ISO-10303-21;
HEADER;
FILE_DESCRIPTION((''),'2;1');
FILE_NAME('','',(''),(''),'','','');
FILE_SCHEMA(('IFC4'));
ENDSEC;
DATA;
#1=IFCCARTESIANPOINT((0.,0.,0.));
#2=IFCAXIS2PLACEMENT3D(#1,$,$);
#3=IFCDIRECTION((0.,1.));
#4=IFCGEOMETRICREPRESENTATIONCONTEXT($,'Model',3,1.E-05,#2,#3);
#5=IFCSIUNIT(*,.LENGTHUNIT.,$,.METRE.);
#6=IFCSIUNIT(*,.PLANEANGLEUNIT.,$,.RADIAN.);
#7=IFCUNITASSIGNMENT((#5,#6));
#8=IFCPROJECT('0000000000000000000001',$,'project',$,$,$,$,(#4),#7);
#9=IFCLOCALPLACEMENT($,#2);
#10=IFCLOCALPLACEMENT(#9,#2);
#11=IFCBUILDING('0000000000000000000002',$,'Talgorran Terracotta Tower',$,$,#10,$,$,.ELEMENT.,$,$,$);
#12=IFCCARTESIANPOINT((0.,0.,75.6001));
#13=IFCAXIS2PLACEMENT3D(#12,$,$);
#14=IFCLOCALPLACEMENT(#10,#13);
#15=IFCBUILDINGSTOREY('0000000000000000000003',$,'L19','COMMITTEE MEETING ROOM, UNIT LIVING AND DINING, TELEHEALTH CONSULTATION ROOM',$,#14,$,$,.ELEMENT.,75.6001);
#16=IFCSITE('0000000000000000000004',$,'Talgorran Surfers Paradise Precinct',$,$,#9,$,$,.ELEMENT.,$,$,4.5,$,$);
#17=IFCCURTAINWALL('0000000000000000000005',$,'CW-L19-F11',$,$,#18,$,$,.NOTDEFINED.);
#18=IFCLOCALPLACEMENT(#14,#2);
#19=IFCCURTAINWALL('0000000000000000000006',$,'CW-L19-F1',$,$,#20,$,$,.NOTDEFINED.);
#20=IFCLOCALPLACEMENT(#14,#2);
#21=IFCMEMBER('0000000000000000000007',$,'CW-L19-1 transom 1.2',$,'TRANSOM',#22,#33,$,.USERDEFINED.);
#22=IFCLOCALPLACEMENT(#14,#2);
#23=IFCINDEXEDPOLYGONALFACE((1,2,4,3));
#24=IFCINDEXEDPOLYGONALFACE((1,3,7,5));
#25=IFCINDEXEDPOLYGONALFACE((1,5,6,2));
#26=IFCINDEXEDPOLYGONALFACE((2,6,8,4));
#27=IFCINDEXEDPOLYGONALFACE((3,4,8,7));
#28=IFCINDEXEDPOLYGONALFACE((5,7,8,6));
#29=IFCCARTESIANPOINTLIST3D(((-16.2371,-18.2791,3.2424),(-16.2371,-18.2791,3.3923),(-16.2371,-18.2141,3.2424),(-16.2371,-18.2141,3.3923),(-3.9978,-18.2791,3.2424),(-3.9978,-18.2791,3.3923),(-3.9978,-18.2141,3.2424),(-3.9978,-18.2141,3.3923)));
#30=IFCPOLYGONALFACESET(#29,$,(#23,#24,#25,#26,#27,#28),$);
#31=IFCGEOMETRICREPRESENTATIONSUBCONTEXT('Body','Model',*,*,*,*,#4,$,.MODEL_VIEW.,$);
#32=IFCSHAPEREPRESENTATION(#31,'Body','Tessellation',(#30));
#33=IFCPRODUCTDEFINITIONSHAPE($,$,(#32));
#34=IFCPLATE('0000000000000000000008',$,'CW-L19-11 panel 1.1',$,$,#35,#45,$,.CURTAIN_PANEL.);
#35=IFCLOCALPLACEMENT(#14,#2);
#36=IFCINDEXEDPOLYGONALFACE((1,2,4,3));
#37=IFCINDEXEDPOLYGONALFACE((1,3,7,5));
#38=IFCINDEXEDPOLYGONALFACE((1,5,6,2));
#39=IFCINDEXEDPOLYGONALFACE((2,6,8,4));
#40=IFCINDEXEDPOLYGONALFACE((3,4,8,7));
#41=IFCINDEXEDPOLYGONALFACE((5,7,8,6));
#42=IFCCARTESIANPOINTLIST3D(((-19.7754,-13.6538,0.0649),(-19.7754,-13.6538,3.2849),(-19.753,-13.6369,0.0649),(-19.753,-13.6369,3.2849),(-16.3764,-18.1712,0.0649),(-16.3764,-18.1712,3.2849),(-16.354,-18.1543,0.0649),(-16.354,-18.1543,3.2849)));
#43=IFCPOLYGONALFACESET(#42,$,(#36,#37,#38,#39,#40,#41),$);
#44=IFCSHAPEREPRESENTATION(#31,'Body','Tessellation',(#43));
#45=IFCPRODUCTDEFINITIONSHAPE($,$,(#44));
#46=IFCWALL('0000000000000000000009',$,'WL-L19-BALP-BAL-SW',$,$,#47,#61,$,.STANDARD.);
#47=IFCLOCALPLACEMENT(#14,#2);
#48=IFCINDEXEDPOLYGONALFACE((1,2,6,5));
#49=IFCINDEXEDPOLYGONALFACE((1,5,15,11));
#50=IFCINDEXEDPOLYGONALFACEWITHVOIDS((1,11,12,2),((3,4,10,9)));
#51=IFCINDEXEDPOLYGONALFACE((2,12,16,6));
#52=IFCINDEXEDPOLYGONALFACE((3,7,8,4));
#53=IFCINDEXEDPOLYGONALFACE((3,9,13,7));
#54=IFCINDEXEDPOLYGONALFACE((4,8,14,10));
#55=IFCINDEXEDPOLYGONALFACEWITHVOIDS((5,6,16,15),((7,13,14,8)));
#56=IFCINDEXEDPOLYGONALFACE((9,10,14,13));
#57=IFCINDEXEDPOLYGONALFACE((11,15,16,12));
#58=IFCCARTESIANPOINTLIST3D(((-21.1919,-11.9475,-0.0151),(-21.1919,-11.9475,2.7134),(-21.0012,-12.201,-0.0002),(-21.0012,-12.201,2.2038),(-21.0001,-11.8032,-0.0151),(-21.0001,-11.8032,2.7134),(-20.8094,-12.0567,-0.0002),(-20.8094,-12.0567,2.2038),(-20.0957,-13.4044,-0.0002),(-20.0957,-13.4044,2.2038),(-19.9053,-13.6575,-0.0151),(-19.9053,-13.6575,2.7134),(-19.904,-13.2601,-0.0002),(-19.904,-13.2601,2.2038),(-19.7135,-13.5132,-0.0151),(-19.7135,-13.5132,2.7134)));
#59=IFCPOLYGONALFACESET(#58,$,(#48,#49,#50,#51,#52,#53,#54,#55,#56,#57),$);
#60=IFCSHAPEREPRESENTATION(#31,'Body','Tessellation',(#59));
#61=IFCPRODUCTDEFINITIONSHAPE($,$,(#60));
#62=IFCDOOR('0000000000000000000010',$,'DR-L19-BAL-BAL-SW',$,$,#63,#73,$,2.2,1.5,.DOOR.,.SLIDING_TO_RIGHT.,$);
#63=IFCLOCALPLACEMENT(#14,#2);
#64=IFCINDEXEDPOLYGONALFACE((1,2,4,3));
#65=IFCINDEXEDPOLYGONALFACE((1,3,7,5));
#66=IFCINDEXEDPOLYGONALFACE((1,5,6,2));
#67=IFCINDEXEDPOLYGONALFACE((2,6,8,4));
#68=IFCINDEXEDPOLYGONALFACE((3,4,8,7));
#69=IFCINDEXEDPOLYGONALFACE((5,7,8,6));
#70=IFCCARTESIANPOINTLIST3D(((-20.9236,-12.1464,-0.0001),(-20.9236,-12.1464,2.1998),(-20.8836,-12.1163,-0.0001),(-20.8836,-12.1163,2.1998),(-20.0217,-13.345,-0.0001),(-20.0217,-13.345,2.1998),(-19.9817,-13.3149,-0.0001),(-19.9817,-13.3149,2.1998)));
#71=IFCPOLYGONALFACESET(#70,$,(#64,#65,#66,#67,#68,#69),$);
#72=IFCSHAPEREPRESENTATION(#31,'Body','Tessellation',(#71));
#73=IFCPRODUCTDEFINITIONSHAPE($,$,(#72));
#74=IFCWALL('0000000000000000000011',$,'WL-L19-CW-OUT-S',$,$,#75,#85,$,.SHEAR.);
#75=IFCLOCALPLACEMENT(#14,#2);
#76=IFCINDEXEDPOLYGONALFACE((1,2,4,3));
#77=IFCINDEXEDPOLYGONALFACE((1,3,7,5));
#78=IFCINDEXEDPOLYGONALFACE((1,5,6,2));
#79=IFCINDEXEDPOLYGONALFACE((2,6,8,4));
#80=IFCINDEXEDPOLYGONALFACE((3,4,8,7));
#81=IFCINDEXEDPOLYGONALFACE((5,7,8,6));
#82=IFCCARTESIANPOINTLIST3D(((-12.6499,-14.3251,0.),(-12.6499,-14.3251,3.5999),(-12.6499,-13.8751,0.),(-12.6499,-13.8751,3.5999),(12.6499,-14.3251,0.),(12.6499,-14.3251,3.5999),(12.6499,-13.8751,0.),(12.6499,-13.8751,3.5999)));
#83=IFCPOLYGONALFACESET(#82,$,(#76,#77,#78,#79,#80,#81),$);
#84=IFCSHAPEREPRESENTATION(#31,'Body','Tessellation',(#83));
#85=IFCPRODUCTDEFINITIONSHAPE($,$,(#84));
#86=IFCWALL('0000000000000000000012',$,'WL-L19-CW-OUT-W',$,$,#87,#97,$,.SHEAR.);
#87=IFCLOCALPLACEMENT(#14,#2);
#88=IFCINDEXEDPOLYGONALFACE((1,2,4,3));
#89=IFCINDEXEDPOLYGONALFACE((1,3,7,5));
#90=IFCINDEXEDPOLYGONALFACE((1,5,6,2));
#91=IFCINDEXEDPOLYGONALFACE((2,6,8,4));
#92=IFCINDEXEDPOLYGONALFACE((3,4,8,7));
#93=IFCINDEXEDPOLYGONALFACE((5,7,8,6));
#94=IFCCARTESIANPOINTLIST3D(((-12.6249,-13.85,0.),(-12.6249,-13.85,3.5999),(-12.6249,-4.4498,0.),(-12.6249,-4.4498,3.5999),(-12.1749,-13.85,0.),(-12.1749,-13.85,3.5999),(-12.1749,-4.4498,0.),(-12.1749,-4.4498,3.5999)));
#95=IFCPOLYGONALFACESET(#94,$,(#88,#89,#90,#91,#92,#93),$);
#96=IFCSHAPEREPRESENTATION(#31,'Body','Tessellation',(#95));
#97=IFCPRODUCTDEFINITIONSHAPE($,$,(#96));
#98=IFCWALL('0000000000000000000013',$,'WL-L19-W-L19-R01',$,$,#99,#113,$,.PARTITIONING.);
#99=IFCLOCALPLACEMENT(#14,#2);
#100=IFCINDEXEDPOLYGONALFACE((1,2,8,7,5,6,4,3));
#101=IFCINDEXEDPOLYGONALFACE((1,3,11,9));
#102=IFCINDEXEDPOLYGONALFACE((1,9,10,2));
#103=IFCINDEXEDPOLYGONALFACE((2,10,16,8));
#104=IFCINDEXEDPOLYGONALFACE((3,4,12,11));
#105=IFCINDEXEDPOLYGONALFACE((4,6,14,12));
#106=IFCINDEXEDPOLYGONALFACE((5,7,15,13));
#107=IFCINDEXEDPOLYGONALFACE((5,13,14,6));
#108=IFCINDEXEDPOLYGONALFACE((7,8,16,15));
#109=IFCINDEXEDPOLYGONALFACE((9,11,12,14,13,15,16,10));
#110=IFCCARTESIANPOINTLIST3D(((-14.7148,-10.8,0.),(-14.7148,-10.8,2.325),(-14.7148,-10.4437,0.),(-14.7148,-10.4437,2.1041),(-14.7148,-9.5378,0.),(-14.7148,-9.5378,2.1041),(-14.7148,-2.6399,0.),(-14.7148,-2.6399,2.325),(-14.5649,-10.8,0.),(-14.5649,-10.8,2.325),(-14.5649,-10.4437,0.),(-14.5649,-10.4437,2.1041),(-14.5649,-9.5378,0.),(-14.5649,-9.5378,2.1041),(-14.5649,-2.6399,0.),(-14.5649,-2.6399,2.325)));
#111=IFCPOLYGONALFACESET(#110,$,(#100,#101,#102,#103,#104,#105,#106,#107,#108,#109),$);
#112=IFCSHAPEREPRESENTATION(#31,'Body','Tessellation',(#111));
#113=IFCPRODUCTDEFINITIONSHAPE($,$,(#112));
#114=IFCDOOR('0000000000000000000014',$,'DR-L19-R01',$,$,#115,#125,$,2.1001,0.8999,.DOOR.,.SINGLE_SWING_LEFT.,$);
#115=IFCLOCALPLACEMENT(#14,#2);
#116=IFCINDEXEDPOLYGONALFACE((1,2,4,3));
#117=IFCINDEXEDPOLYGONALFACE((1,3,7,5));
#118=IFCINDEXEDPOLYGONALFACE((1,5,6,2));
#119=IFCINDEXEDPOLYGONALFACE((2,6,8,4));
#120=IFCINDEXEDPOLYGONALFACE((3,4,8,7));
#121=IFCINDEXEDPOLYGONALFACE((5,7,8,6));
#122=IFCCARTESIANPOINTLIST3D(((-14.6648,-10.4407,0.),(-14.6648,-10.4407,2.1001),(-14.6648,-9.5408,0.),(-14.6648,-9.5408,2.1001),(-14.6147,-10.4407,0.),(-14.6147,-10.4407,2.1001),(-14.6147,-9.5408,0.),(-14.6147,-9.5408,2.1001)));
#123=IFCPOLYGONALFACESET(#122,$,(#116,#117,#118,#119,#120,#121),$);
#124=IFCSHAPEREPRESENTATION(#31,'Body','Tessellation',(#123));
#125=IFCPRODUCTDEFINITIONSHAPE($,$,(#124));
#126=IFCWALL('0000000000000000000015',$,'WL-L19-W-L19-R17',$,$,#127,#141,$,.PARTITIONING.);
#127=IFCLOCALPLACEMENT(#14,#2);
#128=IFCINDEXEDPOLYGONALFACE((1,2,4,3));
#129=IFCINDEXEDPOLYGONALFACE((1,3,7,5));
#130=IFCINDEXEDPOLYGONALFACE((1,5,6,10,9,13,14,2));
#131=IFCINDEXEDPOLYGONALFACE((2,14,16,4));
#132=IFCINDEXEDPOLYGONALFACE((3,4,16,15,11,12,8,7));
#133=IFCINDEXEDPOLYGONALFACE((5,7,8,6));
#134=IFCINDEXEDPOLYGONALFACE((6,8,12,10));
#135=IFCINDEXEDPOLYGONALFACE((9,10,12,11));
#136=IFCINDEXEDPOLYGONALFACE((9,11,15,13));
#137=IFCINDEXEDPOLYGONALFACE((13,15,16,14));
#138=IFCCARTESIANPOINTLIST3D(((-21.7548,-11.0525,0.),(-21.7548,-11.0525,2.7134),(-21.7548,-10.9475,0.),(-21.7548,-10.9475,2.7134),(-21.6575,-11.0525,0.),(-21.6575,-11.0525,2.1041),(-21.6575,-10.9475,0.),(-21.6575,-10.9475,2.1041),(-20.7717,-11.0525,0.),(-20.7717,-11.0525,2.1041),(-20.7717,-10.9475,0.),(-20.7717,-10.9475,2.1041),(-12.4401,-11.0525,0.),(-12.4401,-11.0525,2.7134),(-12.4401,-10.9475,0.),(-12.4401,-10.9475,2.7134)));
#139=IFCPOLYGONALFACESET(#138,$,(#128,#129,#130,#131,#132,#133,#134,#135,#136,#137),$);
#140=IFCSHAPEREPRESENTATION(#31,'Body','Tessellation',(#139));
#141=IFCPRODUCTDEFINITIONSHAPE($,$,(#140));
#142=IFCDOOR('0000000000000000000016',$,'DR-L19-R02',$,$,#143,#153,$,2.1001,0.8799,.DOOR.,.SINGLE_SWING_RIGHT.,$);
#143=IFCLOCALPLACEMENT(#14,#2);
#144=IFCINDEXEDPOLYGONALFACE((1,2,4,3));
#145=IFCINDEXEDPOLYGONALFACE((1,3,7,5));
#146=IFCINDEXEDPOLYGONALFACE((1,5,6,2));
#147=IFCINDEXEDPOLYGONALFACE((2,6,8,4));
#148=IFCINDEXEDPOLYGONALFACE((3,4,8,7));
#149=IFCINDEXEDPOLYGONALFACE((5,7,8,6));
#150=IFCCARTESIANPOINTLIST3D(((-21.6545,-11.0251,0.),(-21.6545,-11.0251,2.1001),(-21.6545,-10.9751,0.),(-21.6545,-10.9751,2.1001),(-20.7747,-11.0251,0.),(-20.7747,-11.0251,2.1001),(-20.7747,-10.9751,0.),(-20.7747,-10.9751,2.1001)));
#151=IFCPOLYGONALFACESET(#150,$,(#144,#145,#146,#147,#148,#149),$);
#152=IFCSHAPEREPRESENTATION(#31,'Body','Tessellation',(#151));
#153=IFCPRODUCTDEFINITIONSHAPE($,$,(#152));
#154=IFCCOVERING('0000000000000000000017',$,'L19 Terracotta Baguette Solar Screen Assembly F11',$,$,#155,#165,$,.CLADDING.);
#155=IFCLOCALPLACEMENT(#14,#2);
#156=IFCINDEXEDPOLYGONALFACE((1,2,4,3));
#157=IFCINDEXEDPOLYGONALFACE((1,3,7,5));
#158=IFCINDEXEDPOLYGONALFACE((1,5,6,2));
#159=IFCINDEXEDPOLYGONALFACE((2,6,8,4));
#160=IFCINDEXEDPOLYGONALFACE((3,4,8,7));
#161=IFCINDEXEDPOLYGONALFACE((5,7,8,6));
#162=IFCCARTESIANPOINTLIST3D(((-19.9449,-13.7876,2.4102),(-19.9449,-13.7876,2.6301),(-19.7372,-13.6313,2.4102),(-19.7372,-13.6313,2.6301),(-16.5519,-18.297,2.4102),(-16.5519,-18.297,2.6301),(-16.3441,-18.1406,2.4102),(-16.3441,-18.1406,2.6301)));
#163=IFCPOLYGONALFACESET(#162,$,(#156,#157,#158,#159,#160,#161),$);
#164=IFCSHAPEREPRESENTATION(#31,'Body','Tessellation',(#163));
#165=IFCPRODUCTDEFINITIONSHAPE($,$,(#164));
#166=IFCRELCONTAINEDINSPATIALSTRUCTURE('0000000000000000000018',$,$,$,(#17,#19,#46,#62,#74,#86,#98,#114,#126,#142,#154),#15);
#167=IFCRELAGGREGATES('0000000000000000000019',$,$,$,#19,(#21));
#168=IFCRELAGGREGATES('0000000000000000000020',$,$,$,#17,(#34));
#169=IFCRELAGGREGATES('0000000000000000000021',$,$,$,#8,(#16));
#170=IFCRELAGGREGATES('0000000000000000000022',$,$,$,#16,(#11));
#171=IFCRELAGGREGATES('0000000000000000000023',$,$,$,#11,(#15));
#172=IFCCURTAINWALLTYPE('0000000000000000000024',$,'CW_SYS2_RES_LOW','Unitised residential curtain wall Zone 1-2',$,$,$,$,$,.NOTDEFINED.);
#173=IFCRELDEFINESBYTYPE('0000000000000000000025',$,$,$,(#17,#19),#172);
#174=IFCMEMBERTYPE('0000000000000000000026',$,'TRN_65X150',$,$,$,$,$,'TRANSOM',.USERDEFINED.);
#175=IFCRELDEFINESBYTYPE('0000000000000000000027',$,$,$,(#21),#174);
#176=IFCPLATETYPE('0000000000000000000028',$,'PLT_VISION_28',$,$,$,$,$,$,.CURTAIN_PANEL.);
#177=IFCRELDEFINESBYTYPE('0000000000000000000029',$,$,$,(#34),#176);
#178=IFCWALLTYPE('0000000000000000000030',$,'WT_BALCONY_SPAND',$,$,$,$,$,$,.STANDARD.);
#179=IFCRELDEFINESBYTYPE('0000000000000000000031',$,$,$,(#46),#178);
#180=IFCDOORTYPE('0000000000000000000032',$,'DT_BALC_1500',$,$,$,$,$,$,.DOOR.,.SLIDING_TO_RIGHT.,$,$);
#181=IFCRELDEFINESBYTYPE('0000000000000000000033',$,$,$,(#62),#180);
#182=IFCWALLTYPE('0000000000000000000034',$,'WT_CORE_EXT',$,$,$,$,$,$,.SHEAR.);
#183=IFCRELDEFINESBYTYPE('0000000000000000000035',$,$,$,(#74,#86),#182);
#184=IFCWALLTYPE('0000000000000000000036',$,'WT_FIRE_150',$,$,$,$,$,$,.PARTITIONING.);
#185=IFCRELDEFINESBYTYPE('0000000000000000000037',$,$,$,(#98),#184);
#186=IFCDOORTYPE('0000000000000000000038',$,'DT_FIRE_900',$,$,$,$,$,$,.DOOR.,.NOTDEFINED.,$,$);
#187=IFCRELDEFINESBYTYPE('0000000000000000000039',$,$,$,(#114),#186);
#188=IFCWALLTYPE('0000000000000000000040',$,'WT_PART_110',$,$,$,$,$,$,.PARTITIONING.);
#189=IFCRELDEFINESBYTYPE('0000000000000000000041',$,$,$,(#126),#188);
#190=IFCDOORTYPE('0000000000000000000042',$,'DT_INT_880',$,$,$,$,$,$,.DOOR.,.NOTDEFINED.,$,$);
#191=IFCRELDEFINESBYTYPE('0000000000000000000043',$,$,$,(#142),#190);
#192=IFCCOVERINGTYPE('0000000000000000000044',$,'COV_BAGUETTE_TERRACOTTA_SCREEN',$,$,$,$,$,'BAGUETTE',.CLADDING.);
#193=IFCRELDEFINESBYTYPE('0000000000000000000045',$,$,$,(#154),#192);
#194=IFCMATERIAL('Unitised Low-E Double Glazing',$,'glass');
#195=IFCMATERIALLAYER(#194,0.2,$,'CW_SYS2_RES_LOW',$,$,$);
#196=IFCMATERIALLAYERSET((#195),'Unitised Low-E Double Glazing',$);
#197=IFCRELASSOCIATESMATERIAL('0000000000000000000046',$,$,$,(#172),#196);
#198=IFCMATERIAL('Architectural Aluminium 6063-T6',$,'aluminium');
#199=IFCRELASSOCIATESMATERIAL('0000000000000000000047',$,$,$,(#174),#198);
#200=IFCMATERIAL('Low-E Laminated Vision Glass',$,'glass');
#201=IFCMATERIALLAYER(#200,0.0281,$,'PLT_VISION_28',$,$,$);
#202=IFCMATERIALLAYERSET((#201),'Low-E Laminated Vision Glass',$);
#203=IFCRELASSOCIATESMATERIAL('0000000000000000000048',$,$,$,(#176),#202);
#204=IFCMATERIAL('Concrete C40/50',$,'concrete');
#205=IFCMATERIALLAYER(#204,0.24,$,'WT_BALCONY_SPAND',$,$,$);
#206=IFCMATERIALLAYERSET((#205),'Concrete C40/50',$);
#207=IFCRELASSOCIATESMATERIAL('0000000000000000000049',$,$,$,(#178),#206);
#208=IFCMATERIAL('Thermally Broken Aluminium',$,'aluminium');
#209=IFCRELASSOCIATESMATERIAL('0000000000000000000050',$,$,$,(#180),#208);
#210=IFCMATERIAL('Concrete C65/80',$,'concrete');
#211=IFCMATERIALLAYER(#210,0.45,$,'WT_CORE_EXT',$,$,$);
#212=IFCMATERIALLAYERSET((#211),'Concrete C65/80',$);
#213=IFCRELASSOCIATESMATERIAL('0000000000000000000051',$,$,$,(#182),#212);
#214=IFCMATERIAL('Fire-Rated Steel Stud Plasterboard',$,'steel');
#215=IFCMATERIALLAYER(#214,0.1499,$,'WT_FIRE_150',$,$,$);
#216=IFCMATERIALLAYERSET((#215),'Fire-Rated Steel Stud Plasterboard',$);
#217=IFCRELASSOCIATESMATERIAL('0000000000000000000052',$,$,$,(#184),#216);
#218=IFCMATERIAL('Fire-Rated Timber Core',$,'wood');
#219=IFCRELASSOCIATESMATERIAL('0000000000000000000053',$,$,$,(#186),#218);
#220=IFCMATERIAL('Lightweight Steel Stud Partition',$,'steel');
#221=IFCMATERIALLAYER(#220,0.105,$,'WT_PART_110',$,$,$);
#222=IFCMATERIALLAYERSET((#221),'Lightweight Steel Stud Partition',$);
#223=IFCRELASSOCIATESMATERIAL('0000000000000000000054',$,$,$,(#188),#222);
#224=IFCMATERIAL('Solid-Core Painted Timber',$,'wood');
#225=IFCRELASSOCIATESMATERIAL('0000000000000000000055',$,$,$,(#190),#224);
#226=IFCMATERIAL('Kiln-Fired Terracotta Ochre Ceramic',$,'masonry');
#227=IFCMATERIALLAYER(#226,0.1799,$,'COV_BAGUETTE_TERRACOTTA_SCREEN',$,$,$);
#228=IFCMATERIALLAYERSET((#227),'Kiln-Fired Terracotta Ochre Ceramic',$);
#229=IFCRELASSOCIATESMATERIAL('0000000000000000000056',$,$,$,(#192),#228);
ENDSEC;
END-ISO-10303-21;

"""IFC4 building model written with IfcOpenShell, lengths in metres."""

from ifc_helpers import new_model, si_unit, direction, frame, frame_2d, origin, origin_2d, place, context, subcontext, project, spatial, rectangle, extrude, source, transform, mapped, material, layer, layer_set, material_profile, profile_set, type_object, type_shapes, element, fill, aggregate, save


model = new_model("IFC4")

# Units and contexts
model_context = context("Model", 3, precision=1e-05, world=origin(), true_north=direction((0.0, 1.0)))
body_context = subcontext(model_context, "Body", "Model", "MODEL_VIEW")
ifc_project = project(units=[si_unit("LENGTHUNIT", "METRE"), si_unit("PLANEANGLEUNIT", "RADIAN")], contexts=[model_context])

# Site, building, storey
site_placement = place(None, origin())
site = spatial("IfcSite", under=ifc_project, at=site_placement, Name="Talgorran Surfers Paradise Precinct", CompositionType="ELEMENT", RefElevation=4.5)
building_placement = place(site_placement, origin())
building = spatial("IfcBuilding", under=site, at=building_placement, Name="Talgorran Terracotta Tower", CompositionType="ELEMENT")
storey_placement = place(building_placement, frame((0.0, 0.0, 75.6001)))
storey = spatial("IfcBuildingStorey", under=building, at=storey_placement, Name="L19", Description="COMMITTEE MEETING ROOM, UNIT LIVING AND DINING, TELEHEALTH CONSULTATION ROOM", CompositionType="ELEMENT", Elevation=75.6001)

# Shared definitions
ifc_material_1 = material(Name="Unitised Low-E Double Glazing", Category="glass")
ifc_layer_1 = layer(ifc_material_1, 0.2, Name="CW_SYS2_RES_LOW")
ifc_layer_set_1 = layer_set([ifc_layer_1], Name="Unitised Low-E Double Glazing")
curtain_wall_type = type_object("IfcCurtainWallType", Name="CW_SYS2_RES_LOW", Description="Unitised residential curtain wall Zone 1-2", PredefinedType="NOTDEFINED", material=ifc_layer_set_1)
ifc_material_2 = material(Name="Architectural Aluminium 6063-T6", Category="aluminium")

# Curtain wall
curtain_wall_1_placement = place(storey_placement, origin())
curtain_wall_1 = element("IfcCurtainWall", 1, at=curtain_wall_1_placement, inside=storey, type_object=curtain_wall_type, Name="CW-L19-F11", PredefinedType="NOTDEFINED")

# Curtain wall
curtain_wall_2_placement = place(storey_placement, origin())
curtain_wall_2 = element("IfcCurtainWall", 2, at=curtain_wall_2_placement, inside=storey, type_object=curtain_wall_type, Name="CW-L19-F1", PredefinedType="NOTDEFINED")

# Member
ifc_material_profile_1 = material_profile(ifc_material_2, rectangle(XDim=0.0649, YDim=0.1499, at=origin_2d()), Name="CWT65X150")
ifc_profile_set_1 = profile_set([ifc_material_profile_1], Name="Architectural Aluminium 6063-T6")
member_type_1 = type_object("IfcMemberType", Name="TRN_65X150", ElementType="TRANSOM", PredefinedType="USERDEFINED", material=ifc_profile_set_1)
member_1_placement = place(storey_placement, frame((-16.2371, -18.2466, 3.3174), z_axis=(1.0, 0.0, 0.0), x_axis=(0.0, 1.0, 0.0)))
member_1 = element("IfcMember", 3, at=member_1_placement, type_object=member_type_1, Name="CW-L19-1 transom 1.2", ObjectType="TRANSOM", PredefinedType="USERDEFINED", context=body_context, shape_type="SweptSolid", body=[
    extrude(rectangle(XDim=0.0649, YDim=0.1499, at=origin_2d()), origin(), (0.0, 0.0, 1.0), 12.2393),
])
aggregate(curtain_wall_2, [member_1])

# Plate
ifc_material_3 = material(Name="Low-E Laminated Vision Glass", Category="glass")
ifc_layer_2 = layer(ifc_material_3, 0.0281, Name="PLT_VISION_28")
ifc_layer_set_2 = layer_set([ifc_layer_2], Name="Low-E Laminated Vision Glass")
plate_type = type_object("IfcPlateType", Name="PLT_VISION_28", PredefinedType="CURTAIN_PANEL", material=ifc_layer_set_2)
shared_shape = source(origin(), body_context, "Body", "SweptSolid", [
    extrude(rectangle(XDim=5.6533, YDim=0.0281, at=origin_2d()), origin(), (0.0, 0.0, 1.0), 3.22),
])
type_shapes(plate_type, [shared_shape])
plate_placement = place(storey_placement, frame((-18.0647, -15.9041, 0.0649), z_axis=(0.0, 0.0, 1.0), x_axis=(0.60125, -0.799061, 0.0)))
plate = element("IfcPlate", 4, at=plate_placement, type_object=plate_type, Name="CW-L19-11 panel 1.1", PredefinedType="CURTAIN_PANEL", context=body_context, shape_type="MappedRepresentation", body=[
    mapped(shared_shape, transform((0.0, 0.0, 0.0), scale=1.0)),
])
aggregate(curtain_wall_1, [plate])

# Wall, opening, door
ifc_material_4 = material(Name="Concrete C40/50", Category="concrete")
ifc_layer_3 = layer(ifc_material_4, 0.24, Name="WT_BALCONY_SPAND")
ifc_layer_set_3 = layer_set([ifc_layer_3], Name="Concrete C40/50")
wall_type_1 = type_object("IfcWallType", Name="WT_BALCONY_SPAND", PredefinedType="STANDARD", material=ifc_layer_set_3)
wall_1_placement = place(storey_placement, frame((-21.0959, -11.8755, -0.0151), z_axis=(0.0, 0.0, 1.0), x_axis=(0.601241, -0.799068, 0.0)))
wall_1 = element("IfcWall", 5, at=wall_1_placement, inside=storey, type_object=wall_type_1, Name="WL-L19-BALP-BAL-SW", PredefinedType="STANDARD", context=body_context, shape_type="SweptSolid", body=[
    extrude(rectangle(XDim=2.1399, YDim=0.24, at=frame_2d((1.0698, 0.0))), origin(), (0.0, 0.0, 1.0), 2.7285),
])
opening_1_placement = place(wall_1_placement, frame((0.3201, 0.0, 0.0149)))
opening_1 = element("IfcOpeningElement", 6, at=opening_1_placement, cuts=wall_1, PredefinedType="OPENING", context=body_context, shape_type="SweptSolid", body=[
    extrude(rectangle(XDim=1.506, YDim=2.204, at=frame_2d((0.75, 1.1021))), frame((0.0, 0.1299, 0.0), z_axis=(0.0, -1.0, 0.0), x_axis=(1.0, 0.0, 0.0)), (0.0, 0.0, 1.0), 0.26),
])
ifc_material_5 = material(Name="Thermally Broken Aluminium", Category="aluminium")
door_type_1 = type_object("IfcDoorType", Name="DT_BALC_1500", OperationType="SLIDING_TO_RIGHT", PredefinedType="DOOR", material=ifc_material_5)
door_1_placement = place(opening_1_placement, origin())
door_1 = element("IfcDoor", 7, at=door_1_placement, inside=storey, type_object=door_type_1, Name="DR-L19-BAL-BAL-SW", OperationType="SLIDING_TO_RIGHT", OverallHeight=2.2, OverallWidth=1.5, PredefinedType="DOOR", context=body_context, shape_type="SweptSolid", body=[
    extrude(rectangle(XDim=1.5, YDim=2.2, at=frame_2d((0.75, 1.1001))), frame((0.0, 0.0249, 0.0), z_axis=(0.0, -1.0, 0.0), x_axis=(1.0, 0.0, 0.0)), (0.0, 0.0, 1.0), 0.05),
])
fill(opening_1, door_1)

# Walls
ifc_material_6 = material(Name="Concrete C65/80", Category="concrete")
ifc_layer_4 = layer(ifc_material_6, 0.45, Name="WT_CORE_EXT")
ifc_layer_set_4 = layer_set([ifc_layer_4], Name="Concrete C65/80")
wall_type_2 = type_object("IfcWallType", Name="WT_CORE_EXT", PredefinedType="SHEAR", material=ifc_layer_set_4)
wall_2_placement = place(storey_placement, frame((-12.6499, -14.1001, 0.0), z_axis=(0.0, 0.0, 1.0), x_axis=(1.0, 0.0, 0.0)))
element("IfcWall", 8, at=wall_2_placement, inside=storey, type_object=wall_type_2, Name="WL-L19-CW-OUT-S", PredefinedType="SHEAR", context=body_context, shape_type="SweptSolid", body=[
    extrude(rectangle(XDim=25.2998, YDim=0.45, at=frame_2d((12.6499, 0.0))), origin(), (0.0, 0.0, 1.0), 3.5999),
])
wall_3_placement = place(storey_placement, frame((-12.3999, -13.8501, 0.0), z_axis=(0.0, 0.0, 1.0), x_axis=(0.0, 1.0, 0.0)))
element("IfcWall", 9, at=wall_3_placement, inside=storey, type_object=wall_type_2, Name="WL-L19-CW-OUT-W", PredefinedType="SHEAR", context=body_context, shape_type="SweptSolid", body=[
    extrude(rectangle(XDim=9.4001, YDim=0.45, at=frame_2d((4.7002, 0.0))), origin(), (0.0, 0.0, 1.0), 3.5999),
])

# Walls, openings, doors
ifc_material_7 = material(Name="Fire-Rated Steel Stud Plasterboard", Category="steel")
ifc_layer_5 = layer(ifc_material_7, 0.1499, Name="WT_FIRE_150")
ifc_layer_set_5 = layer_set([ifc_layer_5], Name="Fire-Rated Steel Stud Plasterboard")
wall_type_3 = type_object("IfcWallType", Name="WT_FIRE_150", PredefinedType="PARTITIONING", material=ifc_layer_set_5)
wall_4_placement = place(storey_placement, frame((-14.6399, -10.8, 0.0), z_axis=(0.0, 0.0, 1.0), x_axis=(0.0, 1.0, 0.0)))
wall_4 = element("IfcWall", 10, at=wall_4_placement, inside=storey, type_object=wall_type_3, Name="WL-L19-W-L19-R01", PredefinedType="PARTITIONING", context=body_context, shape_type="SweptSolid", body=[
    extrude(rectangle(XDim=8.1602, YDim=0.1499, at=frame_2d((4.0801, 0.0))), origin(), (0.0, 0.0, 1.0), 2.325),
])
opening_2_placement = place(wall_4_placement, frame((0.3594, 0.0, 0.0)))
opening_2 = element("IfcOpeningElement", 11, at=opening_2_placement, cuts=wall_4, PredefinedType="OPENING", context=body_context, shape_type="SweptSolid", body=[
    extrude(rectangle(XDim=0.9059, YDim=2.1041, at=frame_2d((0.45, 1.052))), frame((0.0, 0.085, 0.0), z_axis=(0.0, -1.0, 0.0), x_axis=(1.0, 0.0, 0.0)), (0.0, 0.0, 1.0), 0.1699),
])
ifc_material_8 = material(Name="Fire-Rated Timber Core", Category="wood")
door_type_2 = type_object("IfcDoorType", Name="DT_FIRE_900", OperationType="NOTDEFINED", PredefinedType="DOOR", material=ifc_material_8)
door_2_placement = place(opening_2_placement, origin())
door_2 = element("IfcDoor", 12, at=door_2_placement, inside=storey, type_object=door_type_2, Name="DR-L19-R01", OperationType="SINGLE_SWING_LEFT", OverallHeight=2.1001, OverallWidth=0.8999, PredefinedType="DOOR", context=body_context, shape_type="SweptSolid", body=[
    extrude(rectangle(XDim=0.8999, YDim=2.1001, at=frame_2d((0.45, 1.05))), frame((0.0, 0.0249, 0.0), z_axis=(0.0, -1.0, 0.0), x_axis=(1.0, 0.0, 0.0)), (0.0, 0.0, 1.0), 0.05),
])
fill(opening_2, door_2)
ifc_material_9 = material(Name="Lightweight Steel Stud Partition", Category="steel")
ifc_layer_6 = layer(ifc_material_9, 0.105, Name="WT_PART_110")
ifc_layer_set_6 = layer_set([ifc_layer_6], Name="Lightweight Steel Stud Partition")
wall_type_4 = type_object("IfcWallType", Name="WT_PART_110", PredefinedType="PARTITIONING", material=ifc_layer_set_6)
wall_5_placement = place(storey_placement, frame((-21.7546, -11.0, 0.0), z_axis=(0.0, 0.0, 1.0), x_axis=(1.0, 0.0, 0.0)))
wall_5 = element("IfcWall", 13, at=wall_5_placement, inside=storey, type_object=wall_type_4, Name="WL-L19-W-L19-R17", PredefinedType="PARTITIONING", context=body_context, shape_type="SweptSolid", body=[
    extrude(rectangle(XDim=9.3147, YDim=0.105, at=frame_2d((4.6572, 0.0))), origin(), (0.0, 0.0, 1.0), 2.7134),
])
opening_3_placement = place(wall_5_placement, frame((0.1001, 0.0, 0.0)))
opening_3 = element("IfcOpeningElement", 14, at=opening_3_placement, cuts=wall_5, PredefinedType="OPENING", context=body_context, shape_type="SweptSolid", body=[
    extrude(rectangle(XDim=0.8859, YDim=2.1041, at=frame_2d((0.4399, 1.052))), frame((0.0, 0.0625, 0.0), z_axis=(0.0, -1.0, 0.0), x_axis=(1.0, 0.0, 0.0)), (0.0, 0.0, 1.0), 0.125),
])
ifc_material_10 = material(Name="Solid-Core Painted Timber", Category="wood")
door_type_3 = type_object("IfcDoorType", Name="DT_INT_880", OperationType="NOTDEFINED", PredefinedType="DOOR", material=ifc_material_10)
door_3_placement = place(opening_3_placement, origin())
door_3 = element("IfcDoor", 15, at=door_3_placement, inside=storey, type_object=door_type_3, Name="DR-L19-R02", OperationType="SINGLE_SWING_RIGHT", OverallHeight=2.1001, OverallWidth=0.8799, PredefinedType="DOOR", context=body_context, shape_type="SweptSolid", body=[
    extrude(rectangle(XDim=0.8799, YDim=2.1001, at=frame_2d((0.4399, 1.05))), frame((0.0, 0.0249, 0.0), z_axis=(0.0, -1.0, 0.0), x_axis=(1.0, 0.0, 0.0)), (0.0, 0.0, 1.0), 0.05),
])
fill(opening_3, door_3)

# Covering
ifc_material_11 = material(Name="Kiln-Fired Terracotta Ochre Ceramic", Category="masonry")
ifc_layer_7 = layer(ifc_material_11, 0.1799, Name="COV_BAGUETTE_TERRACOTTA_SCREEN")
ifc_layer_set_7 = layer_set([ifc_layer_7], Name="Kiln-Fired Terracotta Ochre Ceramic")
covering_type_1 = type_object("IfcCoveringType", Name="COV_BAGUETTE_TERRACOTTA_SCREEN", ElementType="BAGUETTE", PredefinedType="CLADDING", material=ifc_layer_set_7)
covering_1_placement = place(storey_placement, frame((-18.1445, -15.9641, 2.4102), z_axis=(0.0, 0.0, 1.0), x_axis=(0.601243, -0.799066, 0.0)))
element("IfcCovering", 16, at=covering_1_placement, inside=storey, type_object=covering_type_1, Name="L19 Terracotta Baguette Solar Screen Assembly F11", PredefinedType="CLADDING", context=body_context, shape_type="SweptSolid", body=[
    extrude(rectangle(XDim=5.6433, YDim=0.26, at=origin_2d()), origin(), (0.0, 0.0, 1.0), 0.22),
])

save(model, "model.ifc")
